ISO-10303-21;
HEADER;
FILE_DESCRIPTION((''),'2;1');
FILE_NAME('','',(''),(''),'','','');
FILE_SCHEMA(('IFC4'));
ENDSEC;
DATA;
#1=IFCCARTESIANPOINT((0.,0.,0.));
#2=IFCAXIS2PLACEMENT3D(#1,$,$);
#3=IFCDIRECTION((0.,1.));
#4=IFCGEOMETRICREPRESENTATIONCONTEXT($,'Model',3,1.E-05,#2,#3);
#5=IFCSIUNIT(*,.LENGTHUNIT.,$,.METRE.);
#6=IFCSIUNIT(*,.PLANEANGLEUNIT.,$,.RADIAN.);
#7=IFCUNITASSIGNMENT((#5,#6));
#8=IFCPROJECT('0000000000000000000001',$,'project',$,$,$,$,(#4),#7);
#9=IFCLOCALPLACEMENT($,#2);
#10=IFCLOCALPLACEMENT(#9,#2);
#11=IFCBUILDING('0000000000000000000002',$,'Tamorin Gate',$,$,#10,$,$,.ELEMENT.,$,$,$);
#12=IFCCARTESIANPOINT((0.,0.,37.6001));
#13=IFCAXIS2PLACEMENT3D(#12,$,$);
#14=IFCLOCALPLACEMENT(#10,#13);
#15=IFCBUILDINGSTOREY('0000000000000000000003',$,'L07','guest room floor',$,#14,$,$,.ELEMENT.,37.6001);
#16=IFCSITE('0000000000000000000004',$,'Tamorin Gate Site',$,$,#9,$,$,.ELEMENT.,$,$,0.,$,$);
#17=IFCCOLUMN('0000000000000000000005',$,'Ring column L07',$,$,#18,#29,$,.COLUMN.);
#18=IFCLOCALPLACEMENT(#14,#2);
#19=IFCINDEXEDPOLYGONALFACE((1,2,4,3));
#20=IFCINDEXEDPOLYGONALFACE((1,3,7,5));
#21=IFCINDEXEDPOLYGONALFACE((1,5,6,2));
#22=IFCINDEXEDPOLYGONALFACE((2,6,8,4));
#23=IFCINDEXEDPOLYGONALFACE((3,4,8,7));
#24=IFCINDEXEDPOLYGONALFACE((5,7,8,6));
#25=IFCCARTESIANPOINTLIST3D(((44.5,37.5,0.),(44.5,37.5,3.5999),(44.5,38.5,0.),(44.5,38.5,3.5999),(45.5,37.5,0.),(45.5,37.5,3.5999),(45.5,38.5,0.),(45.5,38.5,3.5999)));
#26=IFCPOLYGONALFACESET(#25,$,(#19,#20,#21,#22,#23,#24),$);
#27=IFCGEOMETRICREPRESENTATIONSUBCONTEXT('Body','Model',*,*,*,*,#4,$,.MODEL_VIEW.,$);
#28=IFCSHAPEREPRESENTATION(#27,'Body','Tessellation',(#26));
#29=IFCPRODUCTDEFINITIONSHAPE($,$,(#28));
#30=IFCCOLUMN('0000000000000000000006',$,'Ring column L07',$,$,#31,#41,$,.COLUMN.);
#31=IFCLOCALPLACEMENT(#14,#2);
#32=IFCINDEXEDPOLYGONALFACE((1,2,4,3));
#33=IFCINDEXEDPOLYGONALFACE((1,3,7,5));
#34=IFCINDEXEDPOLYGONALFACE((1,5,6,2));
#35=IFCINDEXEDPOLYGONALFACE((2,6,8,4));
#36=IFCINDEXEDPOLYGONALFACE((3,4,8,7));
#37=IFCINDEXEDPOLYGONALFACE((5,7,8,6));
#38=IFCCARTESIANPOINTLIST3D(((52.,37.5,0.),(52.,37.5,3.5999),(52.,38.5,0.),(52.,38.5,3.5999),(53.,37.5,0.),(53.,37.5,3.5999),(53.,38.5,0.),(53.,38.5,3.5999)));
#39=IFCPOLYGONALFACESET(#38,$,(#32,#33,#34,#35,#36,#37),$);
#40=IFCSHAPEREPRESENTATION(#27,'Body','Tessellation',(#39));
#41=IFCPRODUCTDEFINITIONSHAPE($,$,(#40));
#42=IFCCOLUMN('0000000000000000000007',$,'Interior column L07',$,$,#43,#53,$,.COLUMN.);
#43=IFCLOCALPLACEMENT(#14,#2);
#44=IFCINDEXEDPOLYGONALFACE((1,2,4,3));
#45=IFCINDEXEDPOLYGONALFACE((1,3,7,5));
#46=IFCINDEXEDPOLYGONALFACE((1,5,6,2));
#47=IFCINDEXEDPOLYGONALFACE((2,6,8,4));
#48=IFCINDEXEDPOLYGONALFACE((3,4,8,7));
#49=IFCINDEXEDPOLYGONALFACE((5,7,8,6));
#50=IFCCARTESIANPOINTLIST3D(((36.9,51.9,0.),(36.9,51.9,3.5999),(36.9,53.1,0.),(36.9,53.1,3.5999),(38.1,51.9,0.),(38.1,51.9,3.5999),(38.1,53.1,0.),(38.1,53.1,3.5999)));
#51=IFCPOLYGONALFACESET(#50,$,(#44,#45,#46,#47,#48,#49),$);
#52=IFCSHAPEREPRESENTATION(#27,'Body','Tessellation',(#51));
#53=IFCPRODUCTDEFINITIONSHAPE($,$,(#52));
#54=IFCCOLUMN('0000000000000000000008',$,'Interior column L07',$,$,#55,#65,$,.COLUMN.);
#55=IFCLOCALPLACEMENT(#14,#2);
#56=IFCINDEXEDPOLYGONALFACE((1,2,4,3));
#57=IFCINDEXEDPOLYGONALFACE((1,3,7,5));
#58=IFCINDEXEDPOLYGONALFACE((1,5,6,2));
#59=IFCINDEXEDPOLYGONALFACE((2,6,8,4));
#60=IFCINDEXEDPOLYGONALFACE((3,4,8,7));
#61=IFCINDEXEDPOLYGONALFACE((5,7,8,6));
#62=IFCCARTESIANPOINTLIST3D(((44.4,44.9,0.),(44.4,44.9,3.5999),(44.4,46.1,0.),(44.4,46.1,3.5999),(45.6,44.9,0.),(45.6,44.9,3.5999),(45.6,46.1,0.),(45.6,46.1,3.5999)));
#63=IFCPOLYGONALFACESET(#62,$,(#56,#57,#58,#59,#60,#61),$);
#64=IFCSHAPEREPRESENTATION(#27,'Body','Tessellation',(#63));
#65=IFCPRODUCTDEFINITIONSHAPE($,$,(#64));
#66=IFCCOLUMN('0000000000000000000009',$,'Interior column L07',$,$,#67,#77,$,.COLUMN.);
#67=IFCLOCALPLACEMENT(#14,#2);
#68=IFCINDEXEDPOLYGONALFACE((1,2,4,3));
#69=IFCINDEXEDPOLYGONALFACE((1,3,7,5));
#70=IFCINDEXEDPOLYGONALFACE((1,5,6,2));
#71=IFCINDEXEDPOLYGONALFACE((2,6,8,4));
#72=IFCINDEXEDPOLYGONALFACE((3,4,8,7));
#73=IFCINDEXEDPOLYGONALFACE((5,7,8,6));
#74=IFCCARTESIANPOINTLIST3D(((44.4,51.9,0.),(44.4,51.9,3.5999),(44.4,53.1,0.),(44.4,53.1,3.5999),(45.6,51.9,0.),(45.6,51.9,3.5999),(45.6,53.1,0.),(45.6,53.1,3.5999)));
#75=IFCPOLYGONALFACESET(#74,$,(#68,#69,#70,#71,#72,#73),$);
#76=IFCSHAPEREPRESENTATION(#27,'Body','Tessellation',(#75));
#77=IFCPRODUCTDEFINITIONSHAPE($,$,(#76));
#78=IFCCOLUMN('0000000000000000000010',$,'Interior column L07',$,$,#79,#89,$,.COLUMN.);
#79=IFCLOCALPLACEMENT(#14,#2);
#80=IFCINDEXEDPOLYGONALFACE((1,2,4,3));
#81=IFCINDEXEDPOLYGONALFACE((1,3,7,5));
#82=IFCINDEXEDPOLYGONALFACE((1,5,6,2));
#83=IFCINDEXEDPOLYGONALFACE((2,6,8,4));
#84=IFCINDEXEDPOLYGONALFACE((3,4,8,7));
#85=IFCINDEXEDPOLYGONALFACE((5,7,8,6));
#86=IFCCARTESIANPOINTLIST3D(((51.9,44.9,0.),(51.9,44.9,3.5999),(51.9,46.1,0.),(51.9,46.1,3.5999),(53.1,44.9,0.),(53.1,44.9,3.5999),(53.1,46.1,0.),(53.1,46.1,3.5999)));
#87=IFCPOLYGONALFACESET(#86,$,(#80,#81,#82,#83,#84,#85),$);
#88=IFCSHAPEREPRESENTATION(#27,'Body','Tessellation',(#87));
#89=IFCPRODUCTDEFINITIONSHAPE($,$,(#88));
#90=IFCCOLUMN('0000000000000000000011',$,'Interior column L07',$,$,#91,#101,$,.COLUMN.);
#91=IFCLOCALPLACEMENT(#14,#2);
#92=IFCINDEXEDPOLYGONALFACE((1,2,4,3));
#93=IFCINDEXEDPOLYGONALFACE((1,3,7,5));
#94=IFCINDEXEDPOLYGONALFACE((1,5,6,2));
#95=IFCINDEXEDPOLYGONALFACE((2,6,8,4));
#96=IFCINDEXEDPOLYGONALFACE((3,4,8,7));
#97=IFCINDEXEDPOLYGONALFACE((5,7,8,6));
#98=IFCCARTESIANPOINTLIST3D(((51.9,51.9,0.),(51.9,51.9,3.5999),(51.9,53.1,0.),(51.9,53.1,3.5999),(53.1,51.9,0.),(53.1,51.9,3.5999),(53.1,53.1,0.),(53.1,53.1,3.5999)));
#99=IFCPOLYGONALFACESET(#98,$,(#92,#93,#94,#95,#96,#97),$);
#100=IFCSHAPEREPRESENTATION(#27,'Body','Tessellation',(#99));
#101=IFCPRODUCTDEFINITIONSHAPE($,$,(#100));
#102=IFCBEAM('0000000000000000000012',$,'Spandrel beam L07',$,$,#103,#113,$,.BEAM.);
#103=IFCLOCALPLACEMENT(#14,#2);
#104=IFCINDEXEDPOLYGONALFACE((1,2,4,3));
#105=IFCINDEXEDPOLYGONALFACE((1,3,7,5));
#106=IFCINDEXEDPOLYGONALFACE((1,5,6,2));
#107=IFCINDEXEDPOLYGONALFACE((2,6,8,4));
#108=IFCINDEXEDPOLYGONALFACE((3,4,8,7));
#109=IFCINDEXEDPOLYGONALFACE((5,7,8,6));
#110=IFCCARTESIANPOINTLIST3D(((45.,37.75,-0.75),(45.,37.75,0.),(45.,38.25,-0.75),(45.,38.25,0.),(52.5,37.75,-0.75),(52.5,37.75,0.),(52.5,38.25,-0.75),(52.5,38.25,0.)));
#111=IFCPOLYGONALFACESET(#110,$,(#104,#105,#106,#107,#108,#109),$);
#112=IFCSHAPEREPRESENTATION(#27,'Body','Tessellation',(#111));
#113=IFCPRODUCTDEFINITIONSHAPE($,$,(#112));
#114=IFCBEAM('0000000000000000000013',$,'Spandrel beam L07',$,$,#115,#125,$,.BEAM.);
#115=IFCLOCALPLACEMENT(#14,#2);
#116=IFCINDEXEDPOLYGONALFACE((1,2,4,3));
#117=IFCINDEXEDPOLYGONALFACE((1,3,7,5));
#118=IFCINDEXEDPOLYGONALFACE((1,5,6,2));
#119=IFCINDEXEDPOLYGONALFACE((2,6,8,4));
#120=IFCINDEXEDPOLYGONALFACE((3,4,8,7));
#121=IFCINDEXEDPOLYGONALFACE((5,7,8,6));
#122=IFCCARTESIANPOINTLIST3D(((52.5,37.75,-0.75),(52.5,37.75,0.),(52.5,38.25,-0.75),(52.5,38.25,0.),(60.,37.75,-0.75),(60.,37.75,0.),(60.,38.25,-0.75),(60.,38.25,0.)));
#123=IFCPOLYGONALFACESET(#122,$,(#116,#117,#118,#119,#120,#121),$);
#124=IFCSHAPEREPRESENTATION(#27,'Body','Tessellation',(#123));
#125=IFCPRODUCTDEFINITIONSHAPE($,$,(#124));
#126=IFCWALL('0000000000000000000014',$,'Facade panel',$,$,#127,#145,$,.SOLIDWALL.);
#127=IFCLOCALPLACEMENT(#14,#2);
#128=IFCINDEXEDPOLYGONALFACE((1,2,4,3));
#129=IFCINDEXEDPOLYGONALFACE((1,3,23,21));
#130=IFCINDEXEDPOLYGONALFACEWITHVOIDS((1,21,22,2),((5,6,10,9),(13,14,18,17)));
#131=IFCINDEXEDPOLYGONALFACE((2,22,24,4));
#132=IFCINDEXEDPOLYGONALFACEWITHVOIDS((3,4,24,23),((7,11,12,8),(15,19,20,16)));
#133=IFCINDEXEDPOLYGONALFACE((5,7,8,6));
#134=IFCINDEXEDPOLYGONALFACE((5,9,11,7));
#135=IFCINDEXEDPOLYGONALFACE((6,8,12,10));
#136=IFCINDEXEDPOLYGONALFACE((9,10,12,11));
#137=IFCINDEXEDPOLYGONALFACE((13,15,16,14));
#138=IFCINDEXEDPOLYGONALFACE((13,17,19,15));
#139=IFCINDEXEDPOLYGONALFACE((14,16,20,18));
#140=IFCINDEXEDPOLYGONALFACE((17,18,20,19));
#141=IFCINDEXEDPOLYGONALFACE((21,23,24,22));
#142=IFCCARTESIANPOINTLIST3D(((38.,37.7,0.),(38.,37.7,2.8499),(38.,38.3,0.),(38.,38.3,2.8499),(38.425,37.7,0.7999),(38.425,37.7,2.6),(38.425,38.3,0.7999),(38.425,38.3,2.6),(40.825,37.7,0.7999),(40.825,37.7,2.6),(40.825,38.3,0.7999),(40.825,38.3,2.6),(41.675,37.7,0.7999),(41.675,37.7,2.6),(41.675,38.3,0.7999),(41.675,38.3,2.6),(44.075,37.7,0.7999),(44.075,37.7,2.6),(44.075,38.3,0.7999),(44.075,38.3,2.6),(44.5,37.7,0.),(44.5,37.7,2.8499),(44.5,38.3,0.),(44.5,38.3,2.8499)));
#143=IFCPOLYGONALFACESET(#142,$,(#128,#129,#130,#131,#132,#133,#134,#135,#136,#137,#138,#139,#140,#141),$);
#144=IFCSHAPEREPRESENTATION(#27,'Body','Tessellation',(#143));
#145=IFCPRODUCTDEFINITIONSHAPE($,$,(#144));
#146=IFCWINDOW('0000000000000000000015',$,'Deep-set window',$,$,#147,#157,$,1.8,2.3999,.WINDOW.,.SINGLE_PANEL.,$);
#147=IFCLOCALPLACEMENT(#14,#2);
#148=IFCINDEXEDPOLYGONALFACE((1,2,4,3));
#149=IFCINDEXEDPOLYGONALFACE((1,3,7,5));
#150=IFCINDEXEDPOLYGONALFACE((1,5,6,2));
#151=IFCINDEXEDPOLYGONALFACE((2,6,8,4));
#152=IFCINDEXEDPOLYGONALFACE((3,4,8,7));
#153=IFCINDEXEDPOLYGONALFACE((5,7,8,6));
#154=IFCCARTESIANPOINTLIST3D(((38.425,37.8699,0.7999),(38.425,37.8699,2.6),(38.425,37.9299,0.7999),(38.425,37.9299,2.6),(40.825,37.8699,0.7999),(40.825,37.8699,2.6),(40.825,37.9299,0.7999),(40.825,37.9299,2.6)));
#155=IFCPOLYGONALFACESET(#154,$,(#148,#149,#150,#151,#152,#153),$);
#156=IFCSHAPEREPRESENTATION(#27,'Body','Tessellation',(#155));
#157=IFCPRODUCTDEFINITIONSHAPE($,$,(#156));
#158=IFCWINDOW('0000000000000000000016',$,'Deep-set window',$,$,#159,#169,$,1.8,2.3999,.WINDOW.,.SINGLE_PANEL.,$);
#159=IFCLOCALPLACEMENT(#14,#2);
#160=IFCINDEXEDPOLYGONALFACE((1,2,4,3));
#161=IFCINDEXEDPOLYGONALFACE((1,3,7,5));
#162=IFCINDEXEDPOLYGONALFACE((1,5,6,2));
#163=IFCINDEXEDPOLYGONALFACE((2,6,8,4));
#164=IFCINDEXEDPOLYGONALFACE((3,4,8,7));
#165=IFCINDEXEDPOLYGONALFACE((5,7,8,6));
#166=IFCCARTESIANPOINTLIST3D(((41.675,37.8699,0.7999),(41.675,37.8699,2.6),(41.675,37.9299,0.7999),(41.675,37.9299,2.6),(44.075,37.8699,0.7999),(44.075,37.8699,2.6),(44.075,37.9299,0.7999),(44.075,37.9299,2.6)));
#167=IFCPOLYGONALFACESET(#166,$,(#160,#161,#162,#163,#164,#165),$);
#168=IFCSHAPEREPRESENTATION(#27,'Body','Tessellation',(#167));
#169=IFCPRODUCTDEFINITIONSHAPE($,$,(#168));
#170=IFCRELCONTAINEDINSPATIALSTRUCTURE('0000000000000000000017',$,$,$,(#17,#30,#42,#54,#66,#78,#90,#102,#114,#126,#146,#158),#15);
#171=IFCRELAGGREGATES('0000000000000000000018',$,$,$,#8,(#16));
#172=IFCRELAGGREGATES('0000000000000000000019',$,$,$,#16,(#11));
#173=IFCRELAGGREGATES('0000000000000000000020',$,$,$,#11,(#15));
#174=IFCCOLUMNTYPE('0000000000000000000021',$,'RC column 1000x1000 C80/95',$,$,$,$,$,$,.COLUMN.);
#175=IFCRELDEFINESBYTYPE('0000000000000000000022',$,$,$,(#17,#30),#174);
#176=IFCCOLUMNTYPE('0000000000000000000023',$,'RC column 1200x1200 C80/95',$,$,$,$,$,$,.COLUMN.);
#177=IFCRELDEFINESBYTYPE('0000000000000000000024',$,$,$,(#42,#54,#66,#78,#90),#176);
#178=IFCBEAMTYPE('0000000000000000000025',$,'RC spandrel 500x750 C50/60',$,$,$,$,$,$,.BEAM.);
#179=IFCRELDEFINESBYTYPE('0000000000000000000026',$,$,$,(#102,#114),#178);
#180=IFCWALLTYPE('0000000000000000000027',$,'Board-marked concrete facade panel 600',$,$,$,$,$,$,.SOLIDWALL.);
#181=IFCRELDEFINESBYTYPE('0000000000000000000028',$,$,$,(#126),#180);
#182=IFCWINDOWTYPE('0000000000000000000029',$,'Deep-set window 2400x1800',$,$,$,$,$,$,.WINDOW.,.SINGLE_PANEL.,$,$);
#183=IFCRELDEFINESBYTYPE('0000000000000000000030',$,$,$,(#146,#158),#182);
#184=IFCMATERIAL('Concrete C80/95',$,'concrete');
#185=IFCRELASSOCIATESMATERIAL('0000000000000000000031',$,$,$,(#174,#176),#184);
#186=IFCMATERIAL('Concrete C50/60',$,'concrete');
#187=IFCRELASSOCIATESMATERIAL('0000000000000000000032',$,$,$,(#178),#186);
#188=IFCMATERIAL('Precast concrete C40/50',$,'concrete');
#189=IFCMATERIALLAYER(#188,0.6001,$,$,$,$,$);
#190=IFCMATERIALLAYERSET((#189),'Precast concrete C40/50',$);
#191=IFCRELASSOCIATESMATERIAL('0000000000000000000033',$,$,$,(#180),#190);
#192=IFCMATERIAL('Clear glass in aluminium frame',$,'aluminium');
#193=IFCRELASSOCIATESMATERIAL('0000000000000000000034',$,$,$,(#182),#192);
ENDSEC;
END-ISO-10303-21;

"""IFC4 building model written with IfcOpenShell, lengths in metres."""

from ifc_helpers import new_model, si_unit, direction, frame, frame_2d, origin, origin_2d, place, context, subcontext, project, spatial, rectangle, extrude, material, layer, layer_set, material_profile, profile_set, type_object, element, fill, save


model = new_model("IFC4")

# Units and contexts
model_context = context("Model", 3, precision=1e-05, world=origin(), true_north=direction((0.0, 1.0)))
body_context = subcontext(model_context, "Body", "Model", "MODEL_VIEW")
ifc_project = project(units=[si_unit("LENGTHUNIT", "METRE"), si_unit("PLANEANGLEUNIT", "RADIAN")], contexts=[model_context])

# Site, building, storey
site_placement = place(None, origin())
site = spatial("IfcSite", under=ifc_project, at=site_placement, Name="Tamorin Gate Site", CompositionType="ELEMENT", RefElevation=0.0)
building_placement = place(site_placement, origin())
building = spatial("IfcBuilding", under=site, at=building_placement, Name="Tamorin Gate", CompositionType="ELEMENT")
storey_placement = place(building_placement, frame((0.0, 0.0, 37.6001)))
storey = spatial("IfcBuildingStorey", under=building, at=storey_placement, Name="L07", Description="guest room floor", CompositionType="ELEMENT", Elevation=37.6001)

# Columns
ifc_material_1 = material(Name="Concrete C80/95", Category="concrete")
ifc_material_profile_1 = material_profile(ifc_material_1, rectangle(XDim=1.0, YDim=1.0, at=origin_2d()), Name="RC 1000x1000")
ifc_profile_set_1 = profile_set([ifc_material_profile_1], Name="Concrete C80/95")
column_type_1 = type_object("IfcColumnType", Name="RC column 1000x1000 C80/95", PredefinedType="COLUMN", material=ifc_profile_set_1)
for number, where, z_axis, x_axis, name in (
    (1, (45.0, 38.0, 0.0), (0.0, 0.0, 1.0), (1.0, 0.0, 0.0), "Ring column L07"),
    (2, (52.5, 38.0, 0.0), (0.0, 0.0, 1.0), (1.0, 0.0, 0.0), "Ring column L07"),
):
    element("IfcColumn", number, at=place(storey_placement, frame(where, z_axis=z_axis, x_axis=x_axis)), inside=storey, type_object=column_type_1, Name=name, PredefinedType="COLUMN", context=body_context, shape_type="SweptSolid", body=[
        extrude(rectangle(XDim=1.0, YDim=1.0, at=origin_2d()), origin(), (0.0, 0.0, 1.0), 3.5999),
    ])
ifc_material_profile_2 = material_profile(ifc_material_1, rectangle(XDim=1.2, YDim=1.2, at=origin_2d()), Name="RC 1200x1200")
ifc_profile_set_2 = profile_set([ifc_material_profile_2], Name="Concrete C80/95")
column_type_2 = type_object("IfcColumnType", Name="RC column 1200x1200 C80/95", PredefinedType="COLUMN", material=ifc_profile_set_2)
for number, where, z_axis, x_axis, name in (
    (3, (37.5, 52.5, 0.0), (0.0, 0.0, 1.0), (1.0, 0.0, 0.0), "Interior column L07"),
    (4, (45.0, 45.5, 0.0), (0.0, 0.0, 1.0), (1.0, 0.0, 0.0), "Interior column L07"),
    (5, (45.0, 52.5, 0.0), (0.0, 0.0, 1.0), (1.0, 0.0, 0.0), "Interior column L07"),
    (6, (52.5, 45.5, 0.0), (0.0, 0.0, 1.0), (1.0, 0.0, 0.0), "Interior column L07"),
    (7, (52.5, 52.5, 0.0), (0.0, 0.0, 1.0), (1.0, 0.0, 0.0), "Interior column L07"),
):
    element("IfcColumn", number, at=place(storey_placement, frame(where, z_axis=z_axis, x_axis=x_axis)), inside=storey, type_object=column_type_2, Name=name, PredefinedType="COLUMN", context=body_context, shape_type="SweptSolid", body=[
        extrude(rectangle(XDim=1.2, YDim=1.2, at=origin_2d()), origin(), (0.0, 0.0, 1.0), 3.5999),
    ])

# Beams
ifc_material_2 = material(Name="Concrete C50/60", Category="concrete")
ifc_material_profile_3 = material_profile(ifc_material_2, rectangle(XDim=0.5, YDim=0.75, at=origin_2d()), Name="RC 500x750")
ifc_profile_set_3 = profile_set([ifc_material_profile_3], Name="Concrete C50/60")
beam_type = type_object("IfcBeamType", Name="RC spandrel 500x750 C50/60", PredefinedType="BEAM", material=ifc_profile_set_3)
for number, where, z_axis, x_axis, name in (
    (8, (45.0, 38.0, -0.375), (1.0, 0.0, 0.0), (0.0, 1.0, 0.0), "Spandrel beam L07"),
    (9, (52.5, 38.0, -0.375), (1.0, 0.0, 0.0), (0.0, 1.0, 0.0), "Spandrel beam L07"),
):
    element("IfcBeam", number, at=place(storey_placement, frame(where, z_axis=z_axis, x_axis=x_axis)), inside=storey, type_object=beam_type, Name=name, PredefinedType="BEAM", context=body_context, shape_type="SweptSolid", body=[
        extrude(rectangle(XDim=0.5, YDim=0.75, at=origin_2d()), origin(), (0.0, 0.0, 1.0), 7.5),
    ])

# Wall, openings, windows
ifc_material_3 = material(Name="Precast concrete C40/50", Category="concrete")
ifc_layer_1 = layer(ifc_material_3, 0.6001)
ifc_layer_set_1 = layer_set([ifc_layer_1], Name="Precast concrete C40/50")
wall_type_1 = type_object("IfcWallType", Name="Board-marked concrete facade panel 600", PredefinedType="SOLIDWALL", material=ifc_layer_set_1)
wall_1_placement = place(storey_placement, frame((38.0, 38.0, 0.0), z_axis=(0.0, 0.0, 1.0), x_axis=(1.0, 0.0, 0.0)))
wall_1 = element("IfcWall", 10, at=wall_1_placement, inside=storey, type_object=wall_type_1, Name="Facade panel", PredefinedType="SOLIDWALL", context=body_context, shape_type="SweptSolid", body=[
    extrude(rectangle(XDim=6.5, YDim=0.6001, at=frame_2d((3.25, 0.0))), origin(), (0.0, 0.0, 1.0), 2.8499),
])
opening_1_placement = place(wall_1_placement, frame((0.425, 0.0, 0.8)))
opening_1 = element("IfcOpeningElement", 11, at=opening_1_placement, cuts=wall_1, PredefinedType="OPENING", context=body_context, shape_type="SweptSolid", body=[
    extrude(rectangle(XDim=2.3999, YDim=1.8, at=frame_2d((1.2, 0.8999))), frame((0.0, 0.3101, 0.0), z_axis=(0.0, -1.0, 0.0), x_axis=(1.0, 0.0, 0.0)), (0.0, 0.0, 1.0), 0.6201),
])
opening_2_placement = place(wall_1_placement, frame((3.675, 0.0, 0.8)))
opening_2 = element("IfcOpeningElement", 12, at=opening_2_placement, cuts=wall_1, PredefinedType="OPENING", context=body_context, shape_type="SweptSolid", body=[
    extrude(rectangle(XDim=2.3999, YDim=1.8, at=frame_2d((1.2, 0.8999))), frame((0.0, 0.3101, 0.0), z_axis=(0.0, -1.0, 0.0), x_axis=(1.0, 0.0, 0.0)), (0.0, 0.0, 1.0), 0.6201),
])
ifc_material_4 = material(Name="Clear glass in aluminium frame", Category="aluminium")
window_type = type_object("IfcWindowType", Name="Deep-set window 2400x1800", PartitioningType="SINGLE_PANEL", PredefinedType="WINDOW", material=ifc_material_4)
window_1_placement = place(opening_1_placement, origin())
window_1 = element("IfcWindow", 13, at=window_1_placement, inside=storey, type_object=window_type, Name="Deep-set window", OverallHeight=1.8, OverallWidth=2.3999, PartitioningType="SINGLE_PANEL", PredefinedType="WINDOW", context=body_context, shape_type="SweptSolid", body=[
    extrude(rectangle(XDim=2.3999, YDim=1.8, at=frame_2d((1.2, 0.8999))), frame((0.0, -0.0701, 0.0), z_axis=(0.0, -1.0, 0.0), x_axis=(1.0, 0.0, 0.0)), (0.0, 0.0, 1.0), 0.0601),
])
fill(opening_1, window_1)
window_2_placement = place(opening_2_placement, origin())
window_2 = element("IfcWindow", 14, at=window_2_placement, inside=storey, type_object=window_type, Name="Deep-set window", OverallHeight=1.8, OverallWidth=2.3999, PartitioningType="SINGLE_PANEL", PredefinedType="WINDOW", context=body_context, shape_type="SweptSolid", body=[
    extrude(rectangle(XDim=2.3999, YDim=1.8, at=frame_2d((1.2, 0.8999))), frame((0.0, -0.0701, 0.0), z_axis=(0.0, -1.0, 0.0), x_axis=(1.0, 0.0, 0.0)), (0.0, 0.0, 1.0), 0.0601),
])
fill(opening_2, window_2)

save(model, "model.ifc")
